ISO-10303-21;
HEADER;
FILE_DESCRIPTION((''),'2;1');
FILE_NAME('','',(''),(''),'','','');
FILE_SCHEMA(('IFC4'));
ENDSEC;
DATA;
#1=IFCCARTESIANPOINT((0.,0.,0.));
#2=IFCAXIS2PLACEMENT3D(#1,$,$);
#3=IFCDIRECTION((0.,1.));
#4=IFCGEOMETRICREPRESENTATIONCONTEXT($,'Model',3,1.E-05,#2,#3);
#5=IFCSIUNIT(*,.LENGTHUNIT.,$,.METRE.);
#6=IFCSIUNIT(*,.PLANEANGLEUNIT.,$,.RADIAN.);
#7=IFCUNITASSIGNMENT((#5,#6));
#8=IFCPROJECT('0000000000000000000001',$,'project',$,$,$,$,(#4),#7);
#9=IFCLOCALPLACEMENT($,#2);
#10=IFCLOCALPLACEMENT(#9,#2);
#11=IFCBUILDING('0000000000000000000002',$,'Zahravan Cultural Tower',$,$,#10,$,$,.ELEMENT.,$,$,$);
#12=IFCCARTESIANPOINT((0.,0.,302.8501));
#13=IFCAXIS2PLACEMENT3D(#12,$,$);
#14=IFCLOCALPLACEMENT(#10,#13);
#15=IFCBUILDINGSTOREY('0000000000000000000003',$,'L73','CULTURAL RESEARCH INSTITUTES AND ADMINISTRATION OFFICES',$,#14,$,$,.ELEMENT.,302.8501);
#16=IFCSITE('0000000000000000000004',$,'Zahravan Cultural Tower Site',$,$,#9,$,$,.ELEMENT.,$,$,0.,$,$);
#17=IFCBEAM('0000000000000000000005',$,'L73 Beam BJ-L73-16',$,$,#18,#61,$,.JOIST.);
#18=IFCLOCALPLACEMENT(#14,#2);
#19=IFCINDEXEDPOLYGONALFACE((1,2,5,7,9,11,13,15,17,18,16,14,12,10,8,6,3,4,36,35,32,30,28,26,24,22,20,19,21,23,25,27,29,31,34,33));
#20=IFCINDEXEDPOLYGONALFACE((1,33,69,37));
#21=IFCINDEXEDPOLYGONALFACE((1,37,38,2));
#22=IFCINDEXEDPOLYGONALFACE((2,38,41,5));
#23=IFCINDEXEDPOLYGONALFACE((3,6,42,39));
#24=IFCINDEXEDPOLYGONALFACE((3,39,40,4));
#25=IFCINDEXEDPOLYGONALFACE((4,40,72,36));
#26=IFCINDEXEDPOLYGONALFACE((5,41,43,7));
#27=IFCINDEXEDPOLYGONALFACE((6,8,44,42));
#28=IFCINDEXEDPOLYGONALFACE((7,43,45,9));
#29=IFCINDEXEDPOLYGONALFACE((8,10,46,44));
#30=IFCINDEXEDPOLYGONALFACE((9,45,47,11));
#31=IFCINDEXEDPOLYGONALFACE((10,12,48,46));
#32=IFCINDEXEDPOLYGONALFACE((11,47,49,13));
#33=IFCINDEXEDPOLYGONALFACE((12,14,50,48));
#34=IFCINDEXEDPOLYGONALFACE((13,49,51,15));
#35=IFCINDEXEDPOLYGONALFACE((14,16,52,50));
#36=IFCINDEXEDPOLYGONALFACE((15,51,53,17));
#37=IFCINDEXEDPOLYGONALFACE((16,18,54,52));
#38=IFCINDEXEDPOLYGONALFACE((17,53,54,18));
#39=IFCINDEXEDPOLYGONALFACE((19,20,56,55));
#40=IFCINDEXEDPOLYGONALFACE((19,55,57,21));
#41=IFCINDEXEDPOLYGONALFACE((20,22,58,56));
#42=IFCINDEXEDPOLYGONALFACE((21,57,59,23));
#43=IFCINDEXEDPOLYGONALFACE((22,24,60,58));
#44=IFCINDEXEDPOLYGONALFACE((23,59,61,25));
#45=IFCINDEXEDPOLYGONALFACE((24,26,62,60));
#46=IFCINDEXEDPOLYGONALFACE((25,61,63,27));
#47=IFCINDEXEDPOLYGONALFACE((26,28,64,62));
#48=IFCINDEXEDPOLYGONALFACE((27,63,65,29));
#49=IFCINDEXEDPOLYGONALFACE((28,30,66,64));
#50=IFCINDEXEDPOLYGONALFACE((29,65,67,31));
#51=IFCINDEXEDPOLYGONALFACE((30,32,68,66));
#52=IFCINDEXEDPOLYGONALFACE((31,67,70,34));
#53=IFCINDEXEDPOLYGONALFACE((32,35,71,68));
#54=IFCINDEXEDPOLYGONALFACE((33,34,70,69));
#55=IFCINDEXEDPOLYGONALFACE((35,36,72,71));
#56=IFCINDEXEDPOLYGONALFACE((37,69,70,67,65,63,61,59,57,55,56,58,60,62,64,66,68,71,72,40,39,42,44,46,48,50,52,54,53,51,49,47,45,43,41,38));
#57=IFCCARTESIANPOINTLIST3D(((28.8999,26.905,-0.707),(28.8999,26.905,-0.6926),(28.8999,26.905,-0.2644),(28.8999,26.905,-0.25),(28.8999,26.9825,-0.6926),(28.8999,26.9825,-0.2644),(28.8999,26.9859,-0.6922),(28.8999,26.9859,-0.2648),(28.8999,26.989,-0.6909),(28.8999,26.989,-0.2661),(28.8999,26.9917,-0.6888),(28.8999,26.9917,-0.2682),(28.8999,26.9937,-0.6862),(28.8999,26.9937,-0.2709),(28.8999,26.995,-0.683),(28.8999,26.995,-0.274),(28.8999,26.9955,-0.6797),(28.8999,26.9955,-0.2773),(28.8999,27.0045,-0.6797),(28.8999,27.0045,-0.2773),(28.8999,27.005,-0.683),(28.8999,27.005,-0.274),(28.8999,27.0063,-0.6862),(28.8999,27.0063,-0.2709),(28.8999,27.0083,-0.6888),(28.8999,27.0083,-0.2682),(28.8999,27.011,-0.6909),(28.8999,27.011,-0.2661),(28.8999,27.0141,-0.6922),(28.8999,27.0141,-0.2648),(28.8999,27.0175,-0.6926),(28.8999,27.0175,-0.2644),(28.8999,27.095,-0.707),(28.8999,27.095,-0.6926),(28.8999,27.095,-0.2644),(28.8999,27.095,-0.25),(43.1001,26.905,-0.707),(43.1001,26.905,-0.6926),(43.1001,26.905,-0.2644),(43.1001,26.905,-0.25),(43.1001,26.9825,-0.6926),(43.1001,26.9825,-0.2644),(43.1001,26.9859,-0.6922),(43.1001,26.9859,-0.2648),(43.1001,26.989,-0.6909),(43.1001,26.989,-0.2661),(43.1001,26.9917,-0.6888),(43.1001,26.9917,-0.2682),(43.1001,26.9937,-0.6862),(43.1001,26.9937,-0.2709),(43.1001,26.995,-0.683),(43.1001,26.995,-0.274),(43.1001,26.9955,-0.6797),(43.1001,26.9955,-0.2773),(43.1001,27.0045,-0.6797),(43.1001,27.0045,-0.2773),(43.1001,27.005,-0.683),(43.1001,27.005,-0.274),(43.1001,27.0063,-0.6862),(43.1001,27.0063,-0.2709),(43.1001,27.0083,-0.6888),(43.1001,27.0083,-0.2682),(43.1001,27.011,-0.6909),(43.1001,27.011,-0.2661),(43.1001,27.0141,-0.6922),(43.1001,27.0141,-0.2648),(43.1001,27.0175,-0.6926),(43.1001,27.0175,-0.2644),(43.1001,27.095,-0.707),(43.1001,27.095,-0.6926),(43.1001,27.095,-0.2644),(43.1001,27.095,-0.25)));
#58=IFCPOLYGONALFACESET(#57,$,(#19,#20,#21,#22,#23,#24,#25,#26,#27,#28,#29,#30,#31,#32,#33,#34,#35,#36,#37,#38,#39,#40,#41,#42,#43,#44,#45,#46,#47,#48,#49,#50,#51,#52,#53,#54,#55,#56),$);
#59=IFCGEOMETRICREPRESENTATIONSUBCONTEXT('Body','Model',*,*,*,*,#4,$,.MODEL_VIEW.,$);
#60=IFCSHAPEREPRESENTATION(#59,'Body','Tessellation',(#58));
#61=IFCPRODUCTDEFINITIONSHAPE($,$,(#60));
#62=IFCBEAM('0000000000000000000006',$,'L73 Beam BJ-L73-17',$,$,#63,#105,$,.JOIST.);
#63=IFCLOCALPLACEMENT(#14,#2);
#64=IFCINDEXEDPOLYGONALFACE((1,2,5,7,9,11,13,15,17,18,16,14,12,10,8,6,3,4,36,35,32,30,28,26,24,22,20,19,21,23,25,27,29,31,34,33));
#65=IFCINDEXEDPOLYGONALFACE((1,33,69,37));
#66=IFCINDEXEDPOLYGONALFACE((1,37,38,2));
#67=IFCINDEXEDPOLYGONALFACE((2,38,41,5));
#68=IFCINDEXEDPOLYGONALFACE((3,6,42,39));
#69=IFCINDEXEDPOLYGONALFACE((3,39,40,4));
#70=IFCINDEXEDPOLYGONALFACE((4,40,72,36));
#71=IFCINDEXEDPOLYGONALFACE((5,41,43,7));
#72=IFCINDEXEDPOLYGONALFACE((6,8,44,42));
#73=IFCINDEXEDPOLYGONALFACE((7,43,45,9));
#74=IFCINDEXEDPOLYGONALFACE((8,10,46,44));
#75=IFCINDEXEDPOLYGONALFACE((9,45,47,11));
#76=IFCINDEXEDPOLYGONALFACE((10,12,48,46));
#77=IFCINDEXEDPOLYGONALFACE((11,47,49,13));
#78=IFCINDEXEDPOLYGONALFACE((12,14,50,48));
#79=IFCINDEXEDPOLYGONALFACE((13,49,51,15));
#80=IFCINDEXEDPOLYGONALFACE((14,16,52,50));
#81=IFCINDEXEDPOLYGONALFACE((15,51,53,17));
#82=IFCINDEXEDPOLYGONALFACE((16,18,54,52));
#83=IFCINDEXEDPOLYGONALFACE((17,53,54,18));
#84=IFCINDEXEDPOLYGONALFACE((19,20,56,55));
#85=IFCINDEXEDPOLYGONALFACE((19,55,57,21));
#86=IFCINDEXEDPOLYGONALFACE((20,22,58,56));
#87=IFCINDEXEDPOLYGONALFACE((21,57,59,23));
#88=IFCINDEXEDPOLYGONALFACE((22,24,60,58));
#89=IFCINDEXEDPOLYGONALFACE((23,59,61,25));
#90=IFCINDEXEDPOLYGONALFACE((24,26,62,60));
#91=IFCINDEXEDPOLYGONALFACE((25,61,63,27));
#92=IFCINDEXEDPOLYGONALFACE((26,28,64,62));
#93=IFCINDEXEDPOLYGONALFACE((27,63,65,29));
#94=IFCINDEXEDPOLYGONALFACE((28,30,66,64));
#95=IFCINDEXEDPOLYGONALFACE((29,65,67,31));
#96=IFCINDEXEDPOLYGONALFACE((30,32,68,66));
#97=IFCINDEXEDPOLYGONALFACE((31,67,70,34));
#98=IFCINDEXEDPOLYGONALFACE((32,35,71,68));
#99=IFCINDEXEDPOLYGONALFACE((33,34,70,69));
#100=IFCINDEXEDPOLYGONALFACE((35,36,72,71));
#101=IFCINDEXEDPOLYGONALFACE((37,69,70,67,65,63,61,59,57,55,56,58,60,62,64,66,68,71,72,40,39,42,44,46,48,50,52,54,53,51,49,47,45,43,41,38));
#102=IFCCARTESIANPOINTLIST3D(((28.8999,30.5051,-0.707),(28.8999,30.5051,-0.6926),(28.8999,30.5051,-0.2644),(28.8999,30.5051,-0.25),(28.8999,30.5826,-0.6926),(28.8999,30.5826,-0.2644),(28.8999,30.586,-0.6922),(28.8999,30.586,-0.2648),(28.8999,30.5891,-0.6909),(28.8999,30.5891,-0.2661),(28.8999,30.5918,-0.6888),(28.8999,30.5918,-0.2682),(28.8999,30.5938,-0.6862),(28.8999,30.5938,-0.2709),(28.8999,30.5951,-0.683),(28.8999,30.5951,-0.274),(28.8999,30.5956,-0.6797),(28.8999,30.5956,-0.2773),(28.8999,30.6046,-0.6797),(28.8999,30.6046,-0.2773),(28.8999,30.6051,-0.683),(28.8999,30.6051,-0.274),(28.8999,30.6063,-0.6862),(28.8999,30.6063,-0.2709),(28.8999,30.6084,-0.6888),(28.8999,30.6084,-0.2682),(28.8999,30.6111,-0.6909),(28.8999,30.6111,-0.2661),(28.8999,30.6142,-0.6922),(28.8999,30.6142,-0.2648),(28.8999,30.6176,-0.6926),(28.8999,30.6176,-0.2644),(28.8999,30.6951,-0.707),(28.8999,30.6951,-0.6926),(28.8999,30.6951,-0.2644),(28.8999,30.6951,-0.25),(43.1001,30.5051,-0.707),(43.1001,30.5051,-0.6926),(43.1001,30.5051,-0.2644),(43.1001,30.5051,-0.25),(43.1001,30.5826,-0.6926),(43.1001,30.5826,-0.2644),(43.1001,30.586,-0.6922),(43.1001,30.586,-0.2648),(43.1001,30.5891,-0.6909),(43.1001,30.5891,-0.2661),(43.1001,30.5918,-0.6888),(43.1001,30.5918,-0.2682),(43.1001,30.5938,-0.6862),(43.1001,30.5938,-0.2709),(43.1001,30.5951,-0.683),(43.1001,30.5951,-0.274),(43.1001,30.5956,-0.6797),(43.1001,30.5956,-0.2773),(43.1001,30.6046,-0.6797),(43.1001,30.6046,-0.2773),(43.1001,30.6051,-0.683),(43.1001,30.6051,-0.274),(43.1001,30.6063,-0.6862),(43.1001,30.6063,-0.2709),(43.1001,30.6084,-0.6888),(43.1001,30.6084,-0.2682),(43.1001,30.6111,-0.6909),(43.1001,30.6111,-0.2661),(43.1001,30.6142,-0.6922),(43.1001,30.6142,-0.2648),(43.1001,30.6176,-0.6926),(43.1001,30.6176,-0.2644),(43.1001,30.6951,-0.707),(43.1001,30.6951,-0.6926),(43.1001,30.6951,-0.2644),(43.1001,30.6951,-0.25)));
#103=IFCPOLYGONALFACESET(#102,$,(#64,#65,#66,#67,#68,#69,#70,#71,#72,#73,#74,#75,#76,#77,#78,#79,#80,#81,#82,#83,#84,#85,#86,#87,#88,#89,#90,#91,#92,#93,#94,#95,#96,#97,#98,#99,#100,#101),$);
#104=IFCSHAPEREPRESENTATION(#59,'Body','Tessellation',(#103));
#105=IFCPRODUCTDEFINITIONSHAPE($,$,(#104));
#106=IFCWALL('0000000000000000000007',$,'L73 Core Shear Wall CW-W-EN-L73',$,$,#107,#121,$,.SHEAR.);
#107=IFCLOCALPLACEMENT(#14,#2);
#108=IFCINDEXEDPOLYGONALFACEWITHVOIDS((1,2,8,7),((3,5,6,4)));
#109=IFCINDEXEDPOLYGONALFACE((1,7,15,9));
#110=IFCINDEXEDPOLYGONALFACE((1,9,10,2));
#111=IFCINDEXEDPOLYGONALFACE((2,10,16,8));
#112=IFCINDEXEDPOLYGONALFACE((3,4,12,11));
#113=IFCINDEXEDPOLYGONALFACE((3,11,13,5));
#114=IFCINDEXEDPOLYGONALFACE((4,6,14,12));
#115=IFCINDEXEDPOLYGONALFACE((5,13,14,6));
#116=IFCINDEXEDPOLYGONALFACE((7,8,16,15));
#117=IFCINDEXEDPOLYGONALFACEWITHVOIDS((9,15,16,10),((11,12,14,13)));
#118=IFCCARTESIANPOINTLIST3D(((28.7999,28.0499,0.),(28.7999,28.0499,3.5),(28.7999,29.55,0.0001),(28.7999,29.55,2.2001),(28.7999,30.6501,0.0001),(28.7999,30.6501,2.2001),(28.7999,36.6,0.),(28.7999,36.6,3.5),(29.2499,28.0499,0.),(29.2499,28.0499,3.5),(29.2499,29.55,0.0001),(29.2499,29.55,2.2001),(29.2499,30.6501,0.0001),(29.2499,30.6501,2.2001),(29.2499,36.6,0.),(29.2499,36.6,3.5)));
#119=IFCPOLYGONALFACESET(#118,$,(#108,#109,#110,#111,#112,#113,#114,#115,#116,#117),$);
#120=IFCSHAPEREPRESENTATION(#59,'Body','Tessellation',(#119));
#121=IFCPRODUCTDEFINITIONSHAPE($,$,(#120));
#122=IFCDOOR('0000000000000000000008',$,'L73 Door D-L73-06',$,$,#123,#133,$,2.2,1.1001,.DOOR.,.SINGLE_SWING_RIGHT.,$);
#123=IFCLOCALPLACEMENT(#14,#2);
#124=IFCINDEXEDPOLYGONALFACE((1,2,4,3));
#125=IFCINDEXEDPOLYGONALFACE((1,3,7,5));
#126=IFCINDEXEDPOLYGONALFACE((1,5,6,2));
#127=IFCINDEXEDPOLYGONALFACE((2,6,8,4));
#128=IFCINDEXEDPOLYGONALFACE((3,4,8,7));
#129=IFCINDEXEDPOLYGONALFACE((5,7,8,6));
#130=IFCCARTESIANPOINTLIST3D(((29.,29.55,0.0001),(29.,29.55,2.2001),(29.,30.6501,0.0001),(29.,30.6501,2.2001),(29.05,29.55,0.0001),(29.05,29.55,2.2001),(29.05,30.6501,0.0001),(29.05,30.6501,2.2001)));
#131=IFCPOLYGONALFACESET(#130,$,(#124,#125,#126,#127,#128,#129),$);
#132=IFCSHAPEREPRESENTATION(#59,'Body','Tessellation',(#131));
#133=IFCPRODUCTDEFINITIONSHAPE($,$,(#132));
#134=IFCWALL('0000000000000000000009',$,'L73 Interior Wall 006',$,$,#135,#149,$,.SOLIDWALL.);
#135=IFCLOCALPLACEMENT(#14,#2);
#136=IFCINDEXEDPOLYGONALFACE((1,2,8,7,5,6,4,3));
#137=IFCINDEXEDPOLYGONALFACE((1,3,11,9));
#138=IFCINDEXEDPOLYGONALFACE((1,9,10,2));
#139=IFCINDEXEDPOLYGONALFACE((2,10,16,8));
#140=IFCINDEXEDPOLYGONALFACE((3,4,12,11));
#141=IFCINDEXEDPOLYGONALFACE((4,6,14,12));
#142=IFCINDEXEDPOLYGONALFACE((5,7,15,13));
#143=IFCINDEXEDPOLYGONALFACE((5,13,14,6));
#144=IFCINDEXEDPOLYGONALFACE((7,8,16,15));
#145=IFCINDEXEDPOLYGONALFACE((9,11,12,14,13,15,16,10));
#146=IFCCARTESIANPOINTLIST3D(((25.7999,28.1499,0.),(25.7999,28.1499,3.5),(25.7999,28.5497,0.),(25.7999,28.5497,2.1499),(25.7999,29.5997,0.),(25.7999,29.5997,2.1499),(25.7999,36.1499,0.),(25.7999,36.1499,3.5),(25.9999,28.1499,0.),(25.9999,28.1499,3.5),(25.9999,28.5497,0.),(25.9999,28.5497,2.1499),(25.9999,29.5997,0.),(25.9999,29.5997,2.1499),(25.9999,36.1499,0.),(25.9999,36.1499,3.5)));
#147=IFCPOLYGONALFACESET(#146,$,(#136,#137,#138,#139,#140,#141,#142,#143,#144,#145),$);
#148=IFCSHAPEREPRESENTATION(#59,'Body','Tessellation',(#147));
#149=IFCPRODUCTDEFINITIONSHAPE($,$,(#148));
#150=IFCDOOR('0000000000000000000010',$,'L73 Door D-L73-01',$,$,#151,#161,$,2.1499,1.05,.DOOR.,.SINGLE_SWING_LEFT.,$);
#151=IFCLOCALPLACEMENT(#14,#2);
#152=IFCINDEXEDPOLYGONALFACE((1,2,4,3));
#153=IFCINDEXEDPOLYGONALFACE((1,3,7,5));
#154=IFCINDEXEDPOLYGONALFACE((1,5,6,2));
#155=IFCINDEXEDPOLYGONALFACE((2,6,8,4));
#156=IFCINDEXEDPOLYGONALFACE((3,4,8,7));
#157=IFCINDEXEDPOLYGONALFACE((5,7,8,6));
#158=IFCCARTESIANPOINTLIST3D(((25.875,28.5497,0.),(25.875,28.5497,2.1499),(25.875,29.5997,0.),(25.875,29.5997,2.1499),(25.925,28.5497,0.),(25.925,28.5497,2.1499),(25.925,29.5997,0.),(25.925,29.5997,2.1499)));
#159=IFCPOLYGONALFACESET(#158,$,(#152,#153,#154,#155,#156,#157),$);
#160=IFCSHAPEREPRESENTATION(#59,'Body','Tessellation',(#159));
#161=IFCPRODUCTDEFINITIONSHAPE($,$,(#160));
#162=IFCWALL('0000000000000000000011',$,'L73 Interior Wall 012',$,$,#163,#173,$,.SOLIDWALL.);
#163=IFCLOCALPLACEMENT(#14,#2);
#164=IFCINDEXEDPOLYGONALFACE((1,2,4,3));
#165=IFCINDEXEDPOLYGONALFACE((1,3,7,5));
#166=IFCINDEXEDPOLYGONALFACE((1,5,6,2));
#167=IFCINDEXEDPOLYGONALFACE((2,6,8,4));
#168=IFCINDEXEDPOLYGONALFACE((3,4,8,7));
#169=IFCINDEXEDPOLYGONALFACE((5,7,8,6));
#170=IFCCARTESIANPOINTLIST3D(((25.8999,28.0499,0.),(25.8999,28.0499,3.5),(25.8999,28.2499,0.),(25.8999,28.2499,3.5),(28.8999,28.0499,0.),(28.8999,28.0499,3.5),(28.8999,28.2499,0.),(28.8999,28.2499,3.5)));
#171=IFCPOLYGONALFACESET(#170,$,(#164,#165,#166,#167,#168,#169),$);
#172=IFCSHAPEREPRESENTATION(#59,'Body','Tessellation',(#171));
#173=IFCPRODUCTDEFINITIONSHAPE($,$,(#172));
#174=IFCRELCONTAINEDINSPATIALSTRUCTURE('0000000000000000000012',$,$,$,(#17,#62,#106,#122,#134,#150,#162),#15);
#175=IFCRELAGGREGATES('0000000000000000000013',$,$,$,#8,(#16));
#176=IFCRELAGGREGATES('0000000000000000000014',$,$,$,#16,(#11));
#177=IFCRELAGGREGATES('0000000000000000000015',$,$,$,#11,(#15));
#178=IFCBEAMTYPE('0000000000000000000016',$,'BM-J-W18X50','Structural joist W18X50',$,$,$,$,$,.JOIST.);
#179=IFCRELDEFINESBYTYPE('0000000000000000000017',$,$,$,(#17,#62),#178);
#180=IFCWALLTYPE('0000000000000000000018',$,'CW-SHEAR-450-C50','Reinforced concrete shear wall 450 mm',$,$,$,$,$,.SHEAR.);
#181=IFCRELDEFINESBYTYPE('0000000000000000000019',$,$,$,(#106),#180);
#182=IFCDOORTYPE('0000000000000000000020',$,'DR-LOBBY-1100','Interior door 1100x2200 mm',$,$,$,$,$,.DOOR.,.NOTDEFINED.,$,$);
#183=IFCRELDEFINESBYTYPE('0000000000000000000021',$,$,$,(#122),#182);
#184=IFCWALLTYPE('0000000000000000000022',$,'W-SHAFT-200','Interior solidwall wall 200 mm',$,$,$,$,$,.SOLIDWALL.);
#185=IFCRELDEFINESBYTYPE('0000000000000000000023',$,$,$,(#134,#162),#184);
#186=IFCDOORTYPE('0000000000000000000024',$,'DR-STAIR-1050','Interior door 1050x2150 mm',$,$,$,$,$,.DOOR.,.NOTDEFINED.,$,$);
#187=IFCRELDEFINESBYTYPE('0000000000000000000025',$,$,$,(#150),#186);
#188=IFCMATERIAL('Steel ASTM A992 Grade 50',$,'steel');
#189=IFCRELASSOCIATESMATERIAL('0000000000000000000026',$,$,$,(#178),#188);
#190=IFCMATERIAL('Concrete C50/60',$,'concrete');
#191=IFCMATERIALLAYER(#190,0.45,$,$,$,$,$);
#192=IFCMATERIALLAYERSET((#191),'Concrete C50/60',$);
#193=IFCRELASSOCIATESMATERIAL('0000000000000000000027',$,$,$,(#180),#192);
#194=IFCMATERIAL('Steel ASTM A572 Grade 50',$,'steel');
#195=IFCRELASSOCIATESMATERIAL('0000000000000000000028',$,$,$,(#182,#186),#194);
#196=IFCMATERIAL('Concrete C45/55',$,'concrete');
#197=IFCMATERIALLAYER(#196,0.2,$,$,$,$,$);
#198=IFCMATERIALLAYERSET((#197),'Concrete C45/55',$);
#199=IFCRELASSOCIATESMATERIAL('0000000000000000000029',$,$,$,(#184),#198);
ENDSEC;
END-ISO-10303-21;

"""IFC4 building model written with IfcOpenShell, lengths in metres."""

from ifc_helpers import new_model, si_unit, direction, frame, frame_2d, origin, origin_2d, place, context, subcontext, project, spatial, rectangle, i_section, extrude, source, transform, mapped, material, layer, layer_set, material_profile, profile_set, type_object, element, fill, save


model = new_model("IFC4")

# Units and contexts
model_context = context("Model", 3, precision=1e-05, world=origin(), true_north=direction((0.0, 1.0)))
body_context = subcontext(model_context, "Body", "Model", "MODEL_VIEW")
ifc_project = project(units=[si_unit("LENGTHUNIT", "METRE"), si_unit("PLANEANGLEUNIT", "RADIAN")], contexts=[model_context])

# Site, building, storey
site_placement = place(None, origin())
site = spatial("IfcSite", under=ifc_project, at=site_placement, Name="Zahravan Cultural Tower Site", CompositionType="ELEMENT", RefElevation=0.0)
building_placement = place(site_placement, origin())
building = spatial("IfcBuilding", under=site, at=building_placement, Name="Zahravan Cultural Tower", CompositionType="ELEMENT")
storey_placement = place(building_placement, frame((0.0, 0.0, 302.8501)))
storey = spatial("IfcBuildingStorey", under=building, at=storey_placement, Name="L73", Description="CULTURAL RESEARCH INSTITUTES AND ADMINISTRATION OFFICES", CompositionType="ELEMENT", Elevation=302.8501)

# Beams
ifc_material_1 = material(Name="Steel ASTM A992 Grade 50", Category="steel")
ifc_material_profile = material_profile(ifc_material_1, i_section(OverallWidth=0.1899, OverallDepth=0.457, WebThickness=0.009, FlangeThickness=0.0144, FilletRadius=0.0129, at=origin_2d()), Name="W18X50")
ifc_profile_set = profile_set([ifc_material_profile], Name="Steel ASTM A992 Grade 50")
beam_type = type_object("IfcBeamType", Name="BM-J-W18X50", Description="Structural joist W18X50", PredefinedType="JOIST", material=ifc_profile_set)
shared_shape_1 = source(origin(), body_context, "Body", "SweptSolid", [
    extrude(i_section(OverallWidth=0.1899, OverallDepth=0.457, WebThickness=0.009, FlangeThickness=0.0144, FilletRadius=0.0129, at=origin_2d()), origin(), (0.0, 0.0, 1.0), 14.2002),
])
for number, where, z_axis, x_axis, name in (
    (1, (28.8999, 27.0, -0.4785), (1.0, 0.0, 0.0), (0.0, 1.0, 0.0), "L73 Beam BJ-L73-16"),
    (2, (28.8999, 30.6001, -0.4785), (1.0, 0.0, 0.0), (0.0, 1.0, 0.0), "L73 Beam BJ-L73-17"),
):
    element("IfcBeam", number, at=place(storey_placement, frame(where, z_axis=z_axis, x_axis=x_axis)), inside=storey, type_object=beam_type, Name=name, PredefinedType="JOIST", context=body_context, shape_type="MappedRepresentation", body=[
        mapped(shared_shape_1, transform((0.0, 0.0, 0.0), x_axis=(1.0, 0.0, 0.0), y_axis=(0.0, 1.0, 0.0), z_axis=(0.0, 0.0, 1.0), scale=1.0)),
    ])

# Walls, openings, doors
ifc_material_2 = material(Name="Concrete C50/60", Category="concrete")
ifc_layer_1 = layer(ifc_material_2, 0.45)
ifc_layer_set_1 = layer_set([ifc_layer_1], Name="Concrete C50/60")
wall_type_1 = type_object("IfcWallType", Name="CW-SHEAR-450-C50", Description="Reinforced concrete shear wall 450 mm", PredefinedType="SHEAR", material=ifc_layer_set_1)
wall_1_placement = place(storey_placement, frame((29.0249, 28.05, 0.0), z_axis=(0.0, 0.0, 1.0), x_axis=(0.0, 1.0, 0.0)))
wall_1 = element("IfcWall", 3, at=wall_1_placement, inside=storey, type_object=wall_type_1, Name="L73 Core Shear Wall CW-W-EN-L73", PredefinedType="SHEAR", context=body_context, shape_type="SweptSolid", body=[
    extrude(rectangle(XDim=8.55, YDim=0.45, at=frame_2d((4.2749, 0.0))), origin(), (0.0, 0.0, 1.0), 3.5),
])
opening_1_placement = place(wall_1_placement, frame((1.5, 0.0, 0.0)))
opening_1 = element("IfcOpeningElement", 4, at=opening_1_placement, cuts=wall_1, PredefinedType="OPENING", context=body_context, shape_type="SweptSolid", body=[
    extrude(rectangle(XDim=1.1001, YDim=2.2, at=frame_2d((0.55, 1.1001))), frame((0.0, 0.2349, 0.0), z_axis=(0.0, -1.0, 0.0), x_axis=(1.0, 0.0, 0.0)), (0.0, 0.0, 1.0), 0.47),
])
ifc_material_3 = material(Name="Steel ASTM A572 Grade 50", Category="steel")
door_type_1 = type_object("IfcDoorType", Name="DR-LOBBY-1100", Description="Interior door 1100x2200 mm", OperationType="NOTDEFINED", PredefinedType="DOOR", material=ifc_material_3)
shared_shape_2 = source(origin(), body_context, "Body", "SweptSolid", [
    extrude(rectangle(XDim=1.1001, YDim=2.2, at=frame_2d((0.55, 1.1001))), frame((0.0, 0.0249, 0.0), z_axis=(0.0, -1.0, 0.0), x_axis=(1.0, 0.0, 0.0)), (0.0, 0.0, 1.0), 0.05),
])
door_1_placement = place(opening_1_placement, origin())
door_1 = element("IfcDoor", 5, at=door_1_placement, inside=storey, type_object=door_type_1, Name="L73 Door D-L73-06", OperationType="SINGLE_SWING_RIGHT", OverallHeight=2.2, OverallWidth=1.1001, PredefinedType="DOOR", context=body_context, shape_type="MappedRepresentation", body=[
    mapped(shared_shape_2, transform((0.0, 0.0, 0.0), x_axis=(1.0, 0.0, 0.0), y_axis=(0.0, 1.0, 0.0), z_axis=(0.0, 0.0, 1.0), scale=1.0)),
])
fill(opening_1, door_1)
ifc_material_4 = material(Name="Concrete C45/55", Category="concrete")
ifc_layer_2 = layer(ifc_material_4, 0.2)
ifc_layer_set_2 = layer_set([ifc_layer_2], Name="Concrete C45/55")
wall_type_2 = type_object("IfcWallType", Name="W-SHAFT-200", Description="Interior solidwall wall 200 mm", PredefinedType="SOLIDWALL", material=ifc_layer_set_2)
wall_2_placement = place(storey_placement, frame((25.8999, 28.1499, 0.0), z_axis=(0.0, 0.0, 1.0), x_axis=(0.0, 1.0, 0.0)))
wall_2 = element("IfcWall", 6, at=wall_2_placement, inside=storey, type_object=wall_type_2, Name="L73 Interior Wall 006", PredefinedType="SOLIDWALL", context=body_context, shape_type="SweptSolid", body=[
    extrude(rectangle(XDim=8.0, YDim=0.2, at=frame_2d((4.0, 0.0))), origin(), (0.0, 0.0, 1.0), 3.5),
])
opening_2_placement = place(wall_2_placement, frame((0.3999, 0.0, 0.0)))
opening_2 = element("IfcOpeningElement", 7, at=opening_2_placement, cuts=wall_2, PredefinedType="OPENING", context=body_context, shape_type="SweptSolid", body=[
    extrude(rectangle(XDim=1.05, YDim=2.1499, at=frame_2d((0.5249, 1.075))), frame((0.0, 0.1099, 0.0), z_axis=(0.0, -1.0, 0.0), x_axis=(1.0, 0.0, 0.0)), (0.0, 0.0, 1.0), 0.22),
])
door_type_2 = type_object("IfcDoorType", Name="DR-STAIR-1050", Description="Interior door 1050x2150 mm", OperationType="NOTDEFINED", PredefinedType="DOOR", material=ifc_material_3)
shared_shape_3 = source(origin(), body_context, "Body", "SweptSolid", [
    extrude(rectangle(XDim=1.05, YDim=2.1499, at=frame_2d((0.5249, 1.075))), frame((0.0, 0.0249, 0.0), z_axis=(0.0, -1.0, 0.0), x_axis=(1.0, 0.0, 0.0)), (0.0, 0.0, 1.0), 0.05),
])
door_2_placement = place(opening_2_placement, origin())
door_2 = element("IfcDoor", 8, at=door_2_placement, inside=storey, type_object=door_type_2, Name="L73 Door D-L73-01", OperationType="SINGLE_SWING_LEFT", OverallHeight=2.1499, OverallWidth=1.05, PredefinedType="DOOR", context=body_context, shape_type="MappedRepresentation", body=[
    mapped(shared_shape_3, transform((0.0, 0.0, 0.0), x_axis=(1.0, 0.0, 0.0), y_axis=(0.0, 1.0, 0.0), z_axis=(0.0, 0.0, 1.0), scale=1.0)),
])
fill(opening_2, door_2)

# Wall
shared_shape_4 = source(origin(), body_context, "Body", "SweptSolid", [
    extrude(rectangle(XDim=3.0, YDim=0.2, at=frame_2d((1.5, 0.0))), origin(), (0.0, 0.0, 1.0), 3.5),
])
wall_3_placement = place(storey_placement, frame((25.8999, 28.1499, 0.0), z_axis=(0.0, 0.0, 1.0), x_axis=(1.0, 0.0, 0.0)))
element("IfcWall", 9, at=wall_3_placement, inside=storey, type_object=wall_type_2, Name="L73 Interior Wall 012", PredefinedType="SOLIDWALL", context=body_context, shape_type="MappedRepresentation", body=[
    mapped(shared_shape_4, transform((0.0, 0.0, 0.0), x_axis=(1.0, 0.0, 0.0), y_axis=(0.0, 1.0, 0.0), z_axis=(0.0, 0.0, 1.0), scale=1.0)),
])

save(model, "model.ifc")
